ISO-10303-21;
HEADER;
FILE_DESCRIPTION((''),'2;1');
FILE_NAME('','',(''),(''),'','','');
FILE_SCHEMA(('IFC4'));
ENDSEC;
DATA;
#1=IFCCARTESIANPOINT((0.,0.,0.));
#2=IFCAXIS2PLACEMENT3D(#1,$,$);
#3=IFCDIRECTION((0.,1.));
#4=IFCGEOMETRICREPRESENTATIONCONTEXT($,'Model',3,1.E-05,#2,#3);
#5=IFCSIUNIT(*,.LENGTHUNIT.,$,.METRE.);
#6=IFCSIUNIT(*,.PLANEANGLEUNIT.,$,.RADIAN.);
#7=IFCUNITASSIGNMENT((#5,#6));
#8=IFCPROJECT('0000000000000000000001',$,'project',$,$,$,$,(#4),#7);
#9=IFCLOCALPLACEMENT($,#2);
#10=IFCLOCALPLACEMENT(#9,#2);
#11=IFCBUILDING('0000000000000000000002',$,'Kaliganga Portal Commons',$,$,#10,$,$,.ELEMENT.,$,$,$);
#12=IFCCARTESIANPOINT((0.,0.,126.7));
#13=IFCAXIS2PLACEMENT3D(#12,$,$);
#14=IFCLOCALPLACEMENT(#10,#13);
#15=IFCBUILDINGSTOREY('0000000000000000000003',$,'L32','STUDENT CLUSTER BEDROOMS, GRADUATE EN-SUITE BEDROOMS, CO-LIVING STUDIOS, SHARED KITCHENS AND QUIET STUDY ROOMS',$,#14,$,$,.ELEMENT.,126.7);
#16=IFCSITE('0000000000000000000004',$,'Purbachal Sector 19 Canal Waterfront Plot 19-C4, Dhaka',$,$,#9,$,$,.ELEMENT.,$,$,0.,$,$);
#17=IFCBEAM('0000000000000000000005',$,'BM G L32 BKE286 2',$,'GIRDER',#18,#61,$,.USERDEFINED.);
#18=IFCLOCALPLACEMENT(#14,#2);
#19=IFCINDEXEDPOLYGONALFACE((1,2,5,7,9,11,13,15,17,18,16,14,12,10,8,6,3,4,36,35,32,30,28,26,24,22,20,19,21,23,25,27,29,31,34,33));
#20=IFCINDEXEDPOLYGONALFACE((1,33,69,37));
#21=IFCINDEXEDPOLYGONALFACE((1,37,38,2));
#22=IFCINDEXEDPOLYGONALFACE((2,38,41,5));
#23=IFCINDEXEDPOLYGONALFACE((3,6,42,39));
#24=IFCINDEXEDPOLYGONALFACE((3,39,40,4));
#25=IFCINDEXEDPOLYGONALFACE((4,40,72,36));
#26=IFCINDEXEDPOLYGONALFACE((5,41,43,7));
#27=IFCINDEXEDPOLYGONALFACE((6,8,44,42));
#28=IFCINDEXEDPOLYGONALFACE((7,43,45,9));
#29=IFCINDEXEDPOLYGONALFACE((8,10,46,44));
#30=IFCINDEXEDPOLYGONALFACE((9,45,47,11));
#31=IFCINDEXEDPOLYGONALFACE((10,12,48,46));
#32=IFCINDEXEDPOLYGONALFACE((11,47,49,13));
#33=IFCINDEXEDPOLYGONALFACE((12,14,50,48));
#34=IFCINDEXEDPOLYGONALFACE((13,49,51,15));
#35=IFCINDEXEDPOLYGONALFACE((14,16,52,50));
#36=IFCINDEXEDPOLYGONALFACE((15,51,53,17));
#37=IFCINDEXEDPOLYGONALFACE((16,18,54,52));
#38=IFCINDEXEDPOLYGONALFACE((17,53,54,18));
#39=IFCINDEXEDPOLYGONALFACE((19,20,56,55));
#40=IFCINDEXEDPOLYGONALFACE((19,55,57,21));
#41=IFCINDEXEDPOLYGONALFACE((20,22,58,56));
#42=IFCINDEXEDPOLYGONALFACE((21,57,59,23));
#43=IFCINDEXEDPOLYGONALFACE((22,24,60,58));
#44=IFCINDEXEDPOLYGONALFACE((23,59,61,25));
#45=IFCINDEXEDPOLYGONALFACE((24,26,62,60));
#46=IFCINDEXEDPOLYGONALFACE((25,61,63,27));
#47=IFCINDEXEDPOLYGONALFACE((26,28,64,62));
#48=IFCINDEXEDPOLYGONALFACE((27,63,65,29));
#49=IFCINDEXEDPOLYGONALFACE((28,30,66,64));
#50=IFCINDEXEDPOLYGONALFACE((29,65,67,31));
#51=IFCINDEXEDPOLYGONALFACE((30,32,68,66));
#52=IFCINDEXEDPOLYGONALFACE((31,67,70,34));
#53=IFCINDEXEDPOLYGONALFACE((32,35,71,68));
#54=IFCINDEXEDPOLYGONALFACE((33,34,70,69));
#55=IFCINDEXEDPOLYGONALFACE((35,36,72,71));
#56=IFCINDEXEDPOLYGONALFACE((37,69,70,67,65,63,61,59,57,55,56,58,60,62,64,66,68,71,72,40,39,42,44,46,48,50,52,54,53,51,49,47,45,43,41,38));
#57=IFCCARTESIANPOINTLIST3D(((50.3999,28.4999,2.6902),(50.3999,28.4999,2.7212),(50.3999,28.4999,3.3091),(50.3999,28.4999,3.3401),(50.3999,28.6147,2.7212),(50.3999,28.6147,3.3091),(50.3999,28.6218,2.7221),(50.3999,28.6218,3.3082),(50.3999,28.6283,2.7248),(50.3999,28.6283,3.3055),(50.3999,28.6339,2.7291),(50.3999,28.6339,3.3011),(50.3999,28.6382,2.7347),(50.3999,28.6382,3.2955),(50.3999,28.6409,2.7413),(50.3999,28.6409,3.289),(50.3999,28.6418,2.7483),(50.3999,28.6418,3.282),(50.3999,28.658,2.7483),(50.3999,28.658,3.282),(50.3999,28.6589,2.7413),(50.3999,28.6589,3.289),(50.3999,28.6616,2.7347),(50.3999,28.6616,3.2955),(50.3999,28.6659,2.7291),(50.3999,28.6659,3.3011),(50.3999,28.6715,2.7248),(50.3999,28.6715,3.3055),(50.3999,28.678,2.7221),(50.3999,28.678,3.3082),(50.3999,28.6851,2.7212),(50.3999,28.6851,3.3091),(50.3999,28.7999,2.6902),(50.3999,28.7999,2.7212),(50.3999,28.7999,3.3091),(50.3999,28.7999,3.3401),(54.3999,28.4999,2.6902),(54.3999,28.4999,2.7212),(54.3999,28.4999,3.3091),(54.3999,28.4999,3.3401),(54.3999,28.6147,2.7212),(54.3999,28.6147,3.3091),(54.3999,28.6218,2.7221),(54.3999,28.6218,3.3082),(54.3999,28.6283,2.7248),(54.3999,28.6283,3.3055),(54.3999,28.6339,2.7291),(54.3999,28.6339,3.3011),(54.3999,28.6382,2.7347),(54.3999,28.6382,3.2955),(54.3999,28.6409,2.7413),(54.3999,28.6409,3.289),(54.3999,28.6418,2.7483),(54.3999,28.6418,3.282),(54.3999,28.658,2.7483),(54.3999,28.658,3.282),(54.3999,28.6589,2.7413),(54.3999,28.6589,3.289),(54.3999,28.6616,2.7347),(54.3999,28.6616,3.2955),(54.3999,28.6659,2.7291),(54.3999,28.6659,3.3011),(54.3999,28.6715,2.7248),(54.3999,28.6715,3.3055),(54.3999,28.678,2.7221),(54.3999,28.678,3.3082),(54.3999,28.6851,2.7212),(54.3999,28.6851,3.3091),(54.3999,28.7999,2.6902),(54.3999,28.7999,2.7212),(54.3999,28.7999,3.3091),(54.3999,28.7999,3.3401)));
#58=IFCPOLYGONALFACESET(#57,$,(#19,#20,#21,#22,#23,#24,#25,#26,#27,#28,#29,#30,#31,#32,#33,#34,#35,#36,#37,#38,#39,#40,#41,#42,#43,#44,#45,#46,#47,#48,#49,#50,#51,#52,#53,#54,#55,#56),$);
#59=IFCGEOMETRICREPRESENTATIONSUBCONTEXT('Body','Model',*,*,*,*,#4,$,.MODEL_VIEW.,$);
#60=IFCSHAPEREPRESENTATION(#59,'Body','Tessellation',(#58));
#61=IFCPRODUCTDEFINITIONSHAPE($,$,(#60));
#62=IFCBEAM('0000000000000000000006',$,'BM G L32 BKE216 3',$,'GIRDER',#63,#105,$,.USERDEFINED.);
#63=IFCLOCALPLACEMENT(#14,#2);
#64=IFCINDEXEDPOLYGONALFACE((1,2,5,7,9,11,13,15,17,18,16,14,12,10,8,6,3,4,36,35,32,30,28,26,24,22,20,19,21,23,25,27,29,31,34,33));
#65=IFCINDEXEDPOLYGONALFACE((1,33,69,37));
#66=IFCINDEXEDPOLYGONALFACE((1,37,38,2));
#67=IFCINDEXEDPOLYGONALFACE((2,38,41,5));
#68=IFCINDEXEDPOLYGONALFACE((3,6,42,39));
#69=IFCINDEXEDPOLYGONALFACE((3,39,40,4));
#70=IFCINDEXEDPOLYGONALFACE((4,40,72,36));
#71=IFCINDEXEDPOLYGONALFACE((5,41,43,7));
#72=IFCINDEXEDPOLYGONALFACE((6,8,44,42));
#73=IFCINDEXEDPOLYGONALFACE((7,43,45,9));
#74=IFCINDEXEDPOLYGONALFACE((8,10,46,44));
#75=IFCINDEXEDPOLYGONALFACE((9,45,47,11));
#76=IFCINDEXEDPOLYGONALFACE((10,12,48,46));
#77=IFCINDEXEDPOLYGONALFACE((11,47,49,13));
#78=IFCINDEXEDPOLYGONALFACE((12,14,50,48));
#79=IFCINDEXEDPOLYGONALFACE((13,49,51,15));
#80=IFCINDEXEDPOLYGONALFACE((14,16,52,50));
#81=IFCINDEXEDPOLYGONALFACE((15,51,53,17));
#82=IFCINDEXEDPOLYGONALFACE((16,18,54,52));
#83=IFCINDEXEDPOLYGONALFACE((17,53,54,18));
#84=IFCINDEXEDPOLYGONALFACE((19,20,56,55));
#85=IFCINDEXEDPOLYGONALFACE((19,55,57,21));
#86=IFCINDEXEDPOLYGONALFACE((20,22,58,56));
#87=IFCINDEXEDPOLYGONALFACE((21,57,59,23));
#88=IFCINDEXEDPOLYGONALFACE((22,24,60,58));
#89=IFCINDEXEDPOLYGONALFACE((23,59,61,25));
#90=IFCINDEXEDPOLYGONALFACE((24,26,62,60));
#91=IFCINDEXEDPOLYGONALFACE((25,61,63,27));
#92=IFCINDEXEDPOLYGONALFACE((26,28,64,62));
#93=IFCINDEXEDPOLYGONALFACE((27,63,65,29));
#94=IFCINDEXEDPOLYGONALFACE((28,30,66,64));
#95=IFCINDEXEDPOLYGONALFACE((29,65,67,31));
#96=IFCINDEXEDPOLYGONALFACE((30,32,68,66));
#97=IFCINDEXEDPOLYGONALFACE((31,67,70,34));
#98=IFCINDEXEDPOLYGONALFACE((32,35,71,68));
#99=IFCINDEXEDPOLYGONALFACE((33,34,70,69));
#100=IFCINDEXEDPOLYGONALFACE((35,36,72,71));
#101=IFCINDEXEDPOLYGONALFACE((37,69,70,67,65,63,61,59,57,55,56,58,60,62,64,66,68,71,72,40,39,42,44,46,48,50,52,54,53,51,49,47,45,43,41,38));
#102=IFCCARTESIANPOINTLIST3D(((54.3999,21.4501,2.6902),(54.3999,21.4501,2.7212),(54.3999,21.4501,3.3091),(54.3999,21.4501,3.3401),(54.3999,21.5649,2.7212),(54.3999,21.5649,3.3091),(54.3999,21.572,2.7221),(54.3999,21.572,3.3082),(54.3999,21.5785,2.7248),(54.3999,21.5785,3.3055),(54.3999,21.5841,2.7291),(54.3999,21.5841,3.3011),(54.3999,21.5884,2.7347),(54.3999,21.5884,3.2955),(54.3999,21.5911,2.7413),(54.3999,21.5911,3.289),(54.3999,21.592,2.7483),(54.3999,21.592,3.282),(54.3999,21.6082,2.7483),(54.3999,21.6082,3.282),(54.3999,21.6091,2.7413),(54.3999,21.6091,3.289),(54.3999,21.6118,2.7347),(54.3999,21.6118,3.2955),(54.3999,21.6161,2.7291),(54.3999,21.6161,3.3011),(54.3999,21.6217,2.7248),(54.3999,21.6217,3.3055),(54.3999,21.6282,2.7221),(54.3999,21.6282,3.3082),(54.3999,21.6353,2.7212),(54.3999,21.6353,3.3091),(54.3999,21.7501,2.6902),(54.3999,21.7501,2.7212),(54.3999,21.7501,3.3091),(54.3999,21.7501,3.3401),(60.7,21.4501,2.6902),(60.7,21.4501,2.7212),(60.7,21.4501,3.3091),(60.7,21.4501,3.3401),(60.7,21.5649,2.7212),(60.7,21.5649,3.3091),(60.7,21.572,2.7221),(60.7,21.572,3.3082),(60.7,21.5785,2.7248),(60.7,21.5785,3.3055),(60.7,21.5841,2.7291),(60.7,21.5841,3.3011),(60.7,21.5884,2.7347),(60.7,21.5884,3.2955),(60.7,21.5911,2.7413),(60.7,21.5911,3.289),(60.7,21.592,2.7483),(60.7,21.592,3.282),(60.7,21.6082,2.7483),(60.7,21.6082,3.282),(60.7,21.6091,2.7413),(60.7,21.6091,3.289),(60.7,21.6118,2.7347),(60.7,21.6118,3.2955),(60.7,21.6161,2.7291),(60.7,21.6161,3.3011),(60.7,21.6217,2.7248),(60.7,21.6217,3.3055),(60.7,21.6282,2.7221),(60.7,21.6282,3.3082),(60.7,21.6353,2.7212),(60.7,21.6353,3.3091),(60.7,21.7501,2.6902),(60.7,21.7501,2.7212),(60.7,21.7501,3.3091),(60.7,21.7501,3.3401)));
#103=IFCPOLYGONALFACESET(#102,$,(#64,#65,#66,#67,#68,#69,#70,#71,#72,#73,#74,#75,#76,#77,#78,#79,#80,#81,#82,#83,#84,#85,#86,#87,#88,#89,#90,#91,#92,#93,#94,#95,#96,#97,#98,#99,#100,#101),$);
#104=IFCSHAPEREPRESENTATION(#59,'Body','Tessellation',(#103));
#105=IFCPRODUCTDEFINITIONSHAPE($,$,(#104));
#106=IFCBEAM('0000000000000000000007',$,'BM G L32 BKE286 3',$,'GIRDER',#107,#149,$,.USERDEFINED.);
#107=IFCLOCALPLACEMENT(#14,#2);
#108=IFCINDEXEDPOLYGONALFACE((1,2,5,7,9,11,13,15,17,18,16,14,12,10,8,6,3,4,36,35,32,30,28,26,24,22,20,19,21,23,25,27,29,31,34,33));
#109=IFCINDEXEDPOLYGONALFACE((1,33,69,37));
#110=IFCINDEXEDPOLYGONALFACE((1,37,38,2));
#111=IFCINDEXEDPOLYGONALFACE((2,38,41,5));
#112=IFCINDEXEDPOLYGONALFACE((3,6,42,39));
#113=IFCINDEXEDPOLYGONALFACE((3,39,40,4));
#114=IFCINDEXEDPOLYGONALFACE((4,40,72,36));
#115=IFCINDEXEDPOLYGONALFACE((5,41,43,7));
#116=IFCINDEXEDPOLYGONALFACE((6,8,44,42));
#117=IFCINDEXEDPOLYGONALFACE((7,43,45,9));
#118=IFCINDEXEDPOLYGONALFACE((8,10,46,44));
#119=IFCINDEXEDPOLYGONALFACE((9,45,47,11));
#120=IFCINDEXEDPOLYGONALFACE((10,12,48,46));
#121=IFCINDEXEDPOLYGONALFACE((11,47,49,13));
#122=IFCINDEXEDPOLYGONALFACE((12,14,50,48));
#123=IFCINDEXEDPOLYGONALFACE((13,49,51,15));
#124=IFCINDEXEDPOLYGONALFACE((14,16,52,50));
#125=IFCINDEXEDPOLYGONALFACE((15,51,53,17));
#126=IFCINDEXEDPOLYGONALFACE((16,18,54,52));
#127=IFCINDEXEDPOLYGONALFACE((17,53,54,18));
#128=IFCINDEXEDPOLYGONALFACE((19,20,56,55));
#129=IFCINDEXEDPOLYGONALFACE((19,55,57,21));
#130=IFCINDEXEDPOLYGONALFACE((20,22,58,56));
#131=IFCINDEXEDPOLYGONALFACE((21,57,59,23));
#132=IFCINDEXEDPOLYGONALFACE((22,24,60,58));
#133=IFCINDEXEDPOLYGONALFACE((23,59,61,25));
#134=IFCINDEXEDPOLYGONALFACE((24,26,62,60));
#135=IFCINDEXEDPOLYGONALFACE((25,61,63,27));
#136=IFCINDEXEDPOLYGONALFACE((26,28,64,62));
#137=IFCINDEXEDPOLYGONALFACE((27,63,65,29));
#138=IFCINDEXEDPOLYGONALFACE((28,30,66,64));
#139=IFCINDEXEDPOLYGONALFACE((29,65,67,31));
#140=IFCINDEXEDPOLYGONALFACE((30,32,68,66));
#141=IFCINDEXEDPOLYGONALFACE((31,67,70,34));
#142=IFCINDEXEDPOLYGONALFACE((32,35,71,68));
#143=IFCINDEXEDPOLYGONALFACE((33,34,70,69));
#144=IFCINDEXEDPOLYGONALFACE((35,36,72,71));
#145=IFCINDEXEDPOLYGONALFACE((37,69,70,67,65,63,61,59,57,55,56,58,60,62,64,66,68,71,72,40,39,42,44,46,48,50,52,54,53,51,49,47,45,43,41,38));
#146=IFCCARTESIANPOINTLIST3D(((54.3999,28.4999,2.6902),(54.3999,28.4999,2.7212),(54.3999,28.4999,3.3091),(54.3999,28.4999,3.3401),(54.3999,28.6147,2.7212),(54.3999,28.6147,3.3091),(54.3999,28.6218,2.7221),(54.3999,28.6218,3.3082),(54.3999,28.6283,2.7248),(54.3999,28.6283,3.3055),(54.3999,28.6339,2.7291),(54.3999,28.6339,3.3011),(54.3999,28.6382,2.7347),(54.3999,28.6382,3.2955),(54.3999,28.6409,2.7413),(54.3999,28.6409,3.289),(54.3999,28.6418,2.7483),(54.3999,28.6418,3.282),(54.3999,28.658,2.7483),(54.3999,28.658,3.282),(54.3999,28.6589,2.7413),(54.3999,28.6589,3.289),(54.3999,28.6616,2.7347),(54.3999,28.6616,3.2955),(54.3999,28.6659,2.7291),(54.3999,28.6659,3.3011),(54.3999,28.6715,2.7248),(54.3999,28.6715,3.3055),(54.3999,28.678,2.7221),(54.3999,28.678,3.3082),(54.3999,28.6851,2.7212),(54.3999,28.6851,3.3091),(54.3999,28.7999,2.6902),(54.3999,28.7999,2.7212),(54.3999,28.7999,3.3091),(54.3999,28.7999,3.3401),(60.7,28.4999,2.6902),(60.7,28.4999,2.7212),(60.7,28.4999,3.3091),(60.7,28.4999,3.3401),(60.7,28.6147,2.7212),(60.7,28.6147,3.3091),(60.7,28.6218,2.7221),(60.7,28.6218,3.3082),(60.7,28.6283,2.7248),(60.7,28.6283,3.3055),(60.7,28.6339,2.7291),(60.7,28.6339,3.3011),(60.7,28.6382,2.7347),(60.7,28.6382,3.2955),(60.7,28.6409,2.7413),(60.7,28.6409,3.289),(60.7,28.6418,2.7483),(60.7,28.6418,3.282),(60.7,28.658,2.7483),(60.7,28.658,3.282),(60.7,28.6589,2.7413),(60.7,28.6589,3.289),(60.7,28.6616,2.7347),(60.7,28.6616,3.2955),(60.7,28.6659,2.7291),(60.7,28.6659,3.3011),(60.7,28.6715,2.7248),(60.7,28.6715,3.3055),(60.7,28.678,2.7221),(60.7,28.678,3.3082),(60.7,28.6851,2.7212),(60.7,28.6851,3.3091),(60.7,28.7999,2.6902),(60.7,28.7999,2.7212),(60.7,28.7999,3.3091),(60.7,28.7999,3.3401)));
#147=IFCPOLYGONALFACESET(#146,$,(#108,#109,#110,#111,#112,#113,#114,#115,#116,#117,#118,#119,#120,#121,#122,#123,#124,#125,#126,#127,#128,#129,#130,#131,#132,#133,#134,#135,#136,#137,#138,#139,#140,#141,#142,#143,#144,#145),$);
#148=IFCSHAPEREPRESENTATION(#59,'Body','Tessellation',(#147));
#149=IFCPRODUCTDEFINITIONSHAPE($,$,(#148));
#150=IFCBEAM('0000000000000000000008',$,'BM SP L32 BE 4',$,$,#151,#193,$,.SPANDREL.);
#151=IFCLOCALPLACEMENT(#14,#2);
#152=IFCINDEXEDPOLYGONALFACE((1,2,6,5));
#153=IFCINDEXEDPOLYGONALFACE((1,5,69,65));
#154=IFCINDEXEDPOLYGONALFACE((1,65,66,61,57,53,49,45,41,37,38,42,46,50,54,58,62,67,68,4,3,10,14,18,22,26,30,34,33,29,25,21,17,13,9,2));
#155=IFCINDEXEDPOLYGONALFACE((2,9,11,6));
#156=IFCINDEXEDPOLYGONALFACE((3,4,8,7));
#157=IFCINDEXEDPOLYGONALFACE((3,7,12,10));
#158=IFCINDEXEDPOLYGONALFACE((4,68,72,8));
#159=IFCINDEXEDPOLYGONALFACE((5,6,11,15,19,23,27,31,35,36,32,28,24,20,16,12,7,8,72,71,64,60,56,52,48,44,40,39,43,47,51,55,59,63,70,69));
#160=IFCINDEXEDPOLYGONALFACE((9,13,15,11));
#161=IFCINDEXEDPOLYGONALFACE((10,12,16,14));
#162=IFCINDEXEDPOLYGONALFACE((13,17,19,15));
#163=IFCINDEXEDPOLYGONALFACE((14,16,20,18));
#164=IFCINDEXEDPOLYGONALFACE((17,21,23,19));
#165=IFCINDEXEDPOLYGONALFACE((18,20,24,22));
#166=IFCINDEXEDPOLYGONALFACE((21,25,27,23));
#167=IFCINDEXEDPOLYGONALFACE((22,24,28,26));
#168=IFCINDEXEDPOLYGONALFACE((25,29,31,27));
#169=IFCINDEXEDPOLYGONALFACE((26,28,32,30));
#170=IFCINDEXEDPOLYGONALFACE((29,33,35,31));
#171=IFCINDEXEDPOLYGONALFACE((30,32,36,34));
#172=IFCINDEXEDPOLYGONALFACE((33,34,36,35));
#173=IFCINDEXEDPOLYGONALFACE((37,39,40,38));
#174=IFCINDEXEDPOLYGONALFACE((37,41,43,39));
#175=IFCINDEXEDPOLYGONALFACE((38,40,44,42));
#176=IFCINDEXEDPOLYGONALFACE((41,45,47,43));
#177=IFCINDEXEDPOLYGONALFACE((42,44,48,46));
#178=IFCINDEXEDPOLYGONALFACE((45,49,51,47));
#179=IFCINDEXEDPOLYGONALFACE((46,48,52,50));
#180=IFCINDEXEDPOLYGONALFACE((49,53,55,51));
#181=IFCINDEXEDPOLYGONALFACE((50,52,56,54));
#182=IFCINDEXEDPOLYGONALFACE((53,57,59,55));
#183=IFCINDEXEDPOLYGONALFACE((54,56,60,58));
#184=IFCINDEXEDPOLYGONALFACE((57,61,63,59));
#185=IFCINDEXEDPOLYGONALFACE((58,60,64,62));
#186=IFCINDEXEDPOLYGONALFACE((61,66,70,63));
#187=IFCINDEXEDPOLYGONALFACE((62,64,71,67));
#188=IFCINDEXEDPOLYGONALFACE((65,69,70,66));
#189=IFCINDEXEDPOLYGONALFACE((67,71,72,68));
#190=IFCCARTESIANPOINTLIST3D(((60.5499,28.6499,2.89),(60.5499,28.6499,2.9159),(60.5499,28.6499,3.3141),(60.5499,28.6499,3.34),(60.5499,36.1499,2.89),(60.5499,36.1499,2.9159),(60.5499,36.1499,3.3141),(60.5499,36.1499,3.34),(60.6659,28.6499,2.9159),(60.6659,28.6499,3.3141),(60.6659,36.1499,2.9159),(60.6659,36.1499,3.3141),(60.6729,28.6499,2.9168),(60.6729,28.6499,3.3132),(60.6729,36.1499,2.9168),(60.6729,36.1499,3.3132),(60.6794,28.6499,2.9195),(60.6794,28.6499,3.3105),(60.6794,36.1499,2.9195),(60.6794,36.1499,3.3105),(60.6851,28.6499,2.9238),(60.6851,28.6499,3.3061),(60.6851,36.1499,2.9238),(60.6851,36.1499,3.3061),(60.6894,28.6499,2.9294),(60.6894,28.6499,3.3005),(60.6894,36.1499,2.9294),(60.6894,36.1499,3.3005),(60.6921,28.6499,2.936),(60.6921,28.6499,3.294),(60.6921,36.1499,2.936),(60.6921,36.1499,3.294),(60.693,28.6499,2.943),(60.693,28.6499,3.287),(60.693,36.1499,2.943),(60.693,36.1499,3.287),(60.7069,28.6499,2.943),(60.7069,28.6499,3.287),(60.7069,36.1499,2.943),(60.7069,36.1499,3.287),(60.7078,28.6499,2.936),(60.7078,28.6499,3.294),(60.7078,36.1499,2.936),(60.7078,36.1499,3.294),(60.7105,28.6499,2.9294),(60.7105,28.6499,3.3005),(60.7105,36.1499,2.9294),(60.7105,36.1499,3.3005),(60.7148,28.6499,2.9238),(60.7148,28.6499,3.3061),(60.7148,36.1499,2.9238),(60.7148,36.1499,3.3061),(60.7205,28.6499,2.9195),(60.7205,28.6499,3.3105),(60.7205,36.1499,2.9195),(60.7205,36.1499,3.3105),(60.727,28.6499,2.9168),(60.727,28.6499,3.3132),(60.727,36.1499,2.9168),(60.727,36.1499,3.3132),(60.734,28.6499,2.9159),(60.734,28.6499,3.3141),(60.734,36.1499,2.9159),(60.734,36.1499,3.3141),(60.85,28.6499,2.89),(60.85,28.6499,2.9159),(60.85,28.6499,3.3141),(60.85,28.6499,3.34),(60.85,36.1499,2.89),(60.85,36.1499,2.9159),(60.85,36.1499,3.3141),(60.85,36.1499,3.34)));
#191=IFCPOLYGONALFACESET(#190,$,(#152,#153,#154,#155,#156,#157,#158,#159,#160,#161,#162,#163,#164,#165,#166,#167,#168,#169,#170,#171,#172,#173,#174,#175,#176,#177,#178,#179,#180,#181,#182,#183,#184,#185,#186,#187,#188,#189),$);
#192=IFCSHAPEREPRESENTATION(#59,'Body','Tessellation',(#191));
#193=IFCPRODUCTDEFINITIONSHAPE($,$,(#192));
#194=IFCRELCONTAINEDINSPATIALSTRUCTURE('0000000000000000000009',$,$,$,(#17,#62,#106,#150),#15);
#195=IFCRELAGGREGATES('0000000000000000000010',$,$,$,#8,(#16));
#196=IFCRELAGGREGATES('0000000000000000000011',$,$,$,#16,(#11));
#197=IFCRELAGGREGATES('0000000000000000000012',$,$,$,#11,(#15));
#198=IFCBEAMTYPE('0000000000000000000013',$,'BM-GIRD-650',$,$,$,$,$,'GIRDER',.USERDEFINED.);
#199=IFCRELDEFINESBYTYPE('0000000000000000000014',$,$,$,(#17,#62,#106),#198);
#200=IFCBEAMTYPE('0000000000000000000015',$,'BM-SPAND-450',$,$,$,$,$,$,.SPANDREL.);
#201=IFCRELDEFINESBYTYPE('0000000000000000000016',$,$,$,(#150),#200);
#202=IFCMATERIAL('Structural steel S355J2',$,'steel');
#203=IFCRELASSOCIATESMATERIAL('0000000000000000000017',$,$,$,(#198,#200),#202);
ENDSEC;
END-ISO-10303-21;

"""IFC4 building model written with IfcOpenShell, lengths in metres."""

from ifc_helpers import new_model, si_unit, direction, frame, origin, origin_2d, place, context, subcontext, project, spatial, i_section, extrude, source, transform, mapped, material, material_profile, profile_set, type_object, element, save


model = new_model("IFC4")

# Units and contexts
model_context = context("Model", 3, precision=1e-05, world=origin(), true_north=direction((0.0, 1.0)))
body_context = subcontext(model_context, "Body", "Model", "MODEL_VIEW")
ifc_project = project(units=[si_unit("LENGTHUNIT", "METRE"), si_unit("PLANEANGLEUNIT", "RADIAN")], contexts=[model_context])

# Site, building, storey
site_placement = place(None, origin())
site = spatial("IfcSite", under=ifc_project, at=site_placement, Name="Purbachal Sector 19 Canal Waterfront Plot 19-C4, Dhaka", CompositionType="ELEMENT", RefElevation=0.0)
building_placement = place(site_placement, origin())
building = spatial("IfcBuilding", under=site, at=building_placement, Name="Kaliganga Portal Commons", CompositionType="ELEMENT")
storey_placement = place(building_placement, frame((0.0, 0.0, 126.7)))
storey = spatial("IfcBuildingStorey", under=building, at=storey_placement, Name="L32", Description="STUDENT CLUSTER BEDROOMS, GRADUATE EN-SUITE BEDROOMS, CO-LIVING STUDIOS, SHARED KITCHENS AND QUIET STUDY ROOMS", CompositionType="ELEMENT", Elevation=126.7)

# Beams
ifc_material_1 = material(Name="Structural steel S355J2", Category="steel")
ifc_material_profile_1 = material_profile(ifc_material_1, i_section(OverallWidth=0.3, OverallDepth=0.6499, WebThickness=0.0161, FlangeThickness=0.031, FilletRadius=0.0271, at=origin_2d()), Name="HE 650 B")
ifc_profile_set_1 = profile_set([ifc_material_profile_1], Name="Structural steel S355J2 wide-flange")
beam_type_1 = type_object("IfcBeamType", Name="BM-GIRD-650", ElementType="GIRDER", PredefinedType="USERDEFINED", material=ifc_profile_set_1)
shared_shape_1 = source(origin(), body_context, "Body", "SweptSolid", [
    extrude(i_section(OverallWidth=0.3, OverallDepth=0.6499, WebThickness=0.0161, FlangeThickness=0.031, FilletRadius=0.0271, at=origin_2d()), origin(), (0.0, 0.0, 1.0), 4.0),
])
for number, where, z_axis, x_axis, name in (
    (1, (50.3999, 28.6499, 3.0151), (1.0, 0.0, 0.0), (0.0, 1.0, 0.0), "BM G L32 BKE286 2"),
):
    element("IfcBeam", number, at=place(storey_placement, frame(where, z_axis=z_axis, x_axis=x_axis)), inside=storey, type_object=beam_type_1, Name=name, ObjectType="GIRDER", PredefinedType="USERDEFINED", context=body_context, shape_type="MappedRepresentation", body=[
        mapped(shared_shape_1, transform((0.0, 0.0, 0.0), x_axis=(1.0, 0.0, 0.0), y_axis=(0.0, 1.0, 0.0), z_axis=(0.0, 0.0, 1.0), scale=1.0)),
    ])
shared_shape_2 = source(origin(), body_context, "Body", "SweptSolid", [
    extrude(i_section(OverallWidth=0.3, OverallDepth=0.6499, WebThickness=0.0161, FlangeThickness=0.031, FilletRadius=0.0271, at=origin_2d()), origin(), (0.0, 0.0, 1.0), 6.3),
])
for number, where, z_axis, x_axis, name in (
    (2, (54.3999, 21.6001, 3.0151), (1.0, 0.0, 0.0), (0.0, 1.0, 0.0), "BM G L32 BKE216 3"),
    (3, (54.3999, 28.6499, 3.0151), (1.0, 0.0, 0.0), (0.0, 1.0, 0.0), "BM G L32 BKE286 3"),
):
    element("IfcBeam", number, at=place(storey_placement, frame(where, z_axis=z_axis, x_axis=x_axis)), inside=storey, type_object=beam_type_1, Name=name, ObjectType="GIRDER", PredefinedType="USERDEFINED", context=body_context, shape_type="MappedRepresentation", body=[
        mapped(shared_shape_2, transform((0.0, 0.0, 0.0), x_axis=(1.0, 0.0, 0.0), y_axis=(0.0, 1.0, 0.0), z_axis=(0.0, 0.0, 1.0), scale=1.0)),
    ])
ifc_material_profile_2 = material_profile(ifc_material_1, i_section(OverallWidth=0.3, OverallDepth=0.45, WebThickness=0.0139, FlangeThickness=0.0259, FilletRadius=0.0271, at=origin_2d()), Name="HE 450 B")
ifc_profile_set_2 = profile_set([ifc_material_profile_2], Name="Structural steel S355J2 wide-flange")
beam_type_2 = type_object("IfcBeamType", Name="BM-SPAND-450", PredefinedType="SPANDREL", material=ifc_profile_set_2)
shared_shape_3 = source(origin(), body_context, "Body", "SweptSolid", [
    extrude(i_section(OverallWidth=0.3, OverallDepth=0.45, WebThickness=0.0139, FlangeThickness=0.0259, FilletRadius=0.0271, at=origin_2d()), origin(), (0.0, 0.0, 1.0), 7.5),
])
beam_1_placement = place(storey_placement, frame((60.7, 28.6499, 3.115), z_axis=(0.0, 1.0, 0.0), x_axis=(-1.0, 0.0, 0.0)))
element("IfcBeam", 4, at=beam_1_placement, inside=storey, type_object=beam_type_2, Name="BM SP L32 BE 4", PredefinedType="SPANDREL", context=body_context, shape_type="MappedRepresentation", body=[
    mapped(shared_shape_3, transform((0.0, 0.0, 0.0), x_axis=(1.0, 0.0, 0.0), y_axis=(0.0, 1.0, 0.0), z_axis=(0.0, 0.0, 1.0), scale=1.0)),
])

save(model, "model.ifc")
